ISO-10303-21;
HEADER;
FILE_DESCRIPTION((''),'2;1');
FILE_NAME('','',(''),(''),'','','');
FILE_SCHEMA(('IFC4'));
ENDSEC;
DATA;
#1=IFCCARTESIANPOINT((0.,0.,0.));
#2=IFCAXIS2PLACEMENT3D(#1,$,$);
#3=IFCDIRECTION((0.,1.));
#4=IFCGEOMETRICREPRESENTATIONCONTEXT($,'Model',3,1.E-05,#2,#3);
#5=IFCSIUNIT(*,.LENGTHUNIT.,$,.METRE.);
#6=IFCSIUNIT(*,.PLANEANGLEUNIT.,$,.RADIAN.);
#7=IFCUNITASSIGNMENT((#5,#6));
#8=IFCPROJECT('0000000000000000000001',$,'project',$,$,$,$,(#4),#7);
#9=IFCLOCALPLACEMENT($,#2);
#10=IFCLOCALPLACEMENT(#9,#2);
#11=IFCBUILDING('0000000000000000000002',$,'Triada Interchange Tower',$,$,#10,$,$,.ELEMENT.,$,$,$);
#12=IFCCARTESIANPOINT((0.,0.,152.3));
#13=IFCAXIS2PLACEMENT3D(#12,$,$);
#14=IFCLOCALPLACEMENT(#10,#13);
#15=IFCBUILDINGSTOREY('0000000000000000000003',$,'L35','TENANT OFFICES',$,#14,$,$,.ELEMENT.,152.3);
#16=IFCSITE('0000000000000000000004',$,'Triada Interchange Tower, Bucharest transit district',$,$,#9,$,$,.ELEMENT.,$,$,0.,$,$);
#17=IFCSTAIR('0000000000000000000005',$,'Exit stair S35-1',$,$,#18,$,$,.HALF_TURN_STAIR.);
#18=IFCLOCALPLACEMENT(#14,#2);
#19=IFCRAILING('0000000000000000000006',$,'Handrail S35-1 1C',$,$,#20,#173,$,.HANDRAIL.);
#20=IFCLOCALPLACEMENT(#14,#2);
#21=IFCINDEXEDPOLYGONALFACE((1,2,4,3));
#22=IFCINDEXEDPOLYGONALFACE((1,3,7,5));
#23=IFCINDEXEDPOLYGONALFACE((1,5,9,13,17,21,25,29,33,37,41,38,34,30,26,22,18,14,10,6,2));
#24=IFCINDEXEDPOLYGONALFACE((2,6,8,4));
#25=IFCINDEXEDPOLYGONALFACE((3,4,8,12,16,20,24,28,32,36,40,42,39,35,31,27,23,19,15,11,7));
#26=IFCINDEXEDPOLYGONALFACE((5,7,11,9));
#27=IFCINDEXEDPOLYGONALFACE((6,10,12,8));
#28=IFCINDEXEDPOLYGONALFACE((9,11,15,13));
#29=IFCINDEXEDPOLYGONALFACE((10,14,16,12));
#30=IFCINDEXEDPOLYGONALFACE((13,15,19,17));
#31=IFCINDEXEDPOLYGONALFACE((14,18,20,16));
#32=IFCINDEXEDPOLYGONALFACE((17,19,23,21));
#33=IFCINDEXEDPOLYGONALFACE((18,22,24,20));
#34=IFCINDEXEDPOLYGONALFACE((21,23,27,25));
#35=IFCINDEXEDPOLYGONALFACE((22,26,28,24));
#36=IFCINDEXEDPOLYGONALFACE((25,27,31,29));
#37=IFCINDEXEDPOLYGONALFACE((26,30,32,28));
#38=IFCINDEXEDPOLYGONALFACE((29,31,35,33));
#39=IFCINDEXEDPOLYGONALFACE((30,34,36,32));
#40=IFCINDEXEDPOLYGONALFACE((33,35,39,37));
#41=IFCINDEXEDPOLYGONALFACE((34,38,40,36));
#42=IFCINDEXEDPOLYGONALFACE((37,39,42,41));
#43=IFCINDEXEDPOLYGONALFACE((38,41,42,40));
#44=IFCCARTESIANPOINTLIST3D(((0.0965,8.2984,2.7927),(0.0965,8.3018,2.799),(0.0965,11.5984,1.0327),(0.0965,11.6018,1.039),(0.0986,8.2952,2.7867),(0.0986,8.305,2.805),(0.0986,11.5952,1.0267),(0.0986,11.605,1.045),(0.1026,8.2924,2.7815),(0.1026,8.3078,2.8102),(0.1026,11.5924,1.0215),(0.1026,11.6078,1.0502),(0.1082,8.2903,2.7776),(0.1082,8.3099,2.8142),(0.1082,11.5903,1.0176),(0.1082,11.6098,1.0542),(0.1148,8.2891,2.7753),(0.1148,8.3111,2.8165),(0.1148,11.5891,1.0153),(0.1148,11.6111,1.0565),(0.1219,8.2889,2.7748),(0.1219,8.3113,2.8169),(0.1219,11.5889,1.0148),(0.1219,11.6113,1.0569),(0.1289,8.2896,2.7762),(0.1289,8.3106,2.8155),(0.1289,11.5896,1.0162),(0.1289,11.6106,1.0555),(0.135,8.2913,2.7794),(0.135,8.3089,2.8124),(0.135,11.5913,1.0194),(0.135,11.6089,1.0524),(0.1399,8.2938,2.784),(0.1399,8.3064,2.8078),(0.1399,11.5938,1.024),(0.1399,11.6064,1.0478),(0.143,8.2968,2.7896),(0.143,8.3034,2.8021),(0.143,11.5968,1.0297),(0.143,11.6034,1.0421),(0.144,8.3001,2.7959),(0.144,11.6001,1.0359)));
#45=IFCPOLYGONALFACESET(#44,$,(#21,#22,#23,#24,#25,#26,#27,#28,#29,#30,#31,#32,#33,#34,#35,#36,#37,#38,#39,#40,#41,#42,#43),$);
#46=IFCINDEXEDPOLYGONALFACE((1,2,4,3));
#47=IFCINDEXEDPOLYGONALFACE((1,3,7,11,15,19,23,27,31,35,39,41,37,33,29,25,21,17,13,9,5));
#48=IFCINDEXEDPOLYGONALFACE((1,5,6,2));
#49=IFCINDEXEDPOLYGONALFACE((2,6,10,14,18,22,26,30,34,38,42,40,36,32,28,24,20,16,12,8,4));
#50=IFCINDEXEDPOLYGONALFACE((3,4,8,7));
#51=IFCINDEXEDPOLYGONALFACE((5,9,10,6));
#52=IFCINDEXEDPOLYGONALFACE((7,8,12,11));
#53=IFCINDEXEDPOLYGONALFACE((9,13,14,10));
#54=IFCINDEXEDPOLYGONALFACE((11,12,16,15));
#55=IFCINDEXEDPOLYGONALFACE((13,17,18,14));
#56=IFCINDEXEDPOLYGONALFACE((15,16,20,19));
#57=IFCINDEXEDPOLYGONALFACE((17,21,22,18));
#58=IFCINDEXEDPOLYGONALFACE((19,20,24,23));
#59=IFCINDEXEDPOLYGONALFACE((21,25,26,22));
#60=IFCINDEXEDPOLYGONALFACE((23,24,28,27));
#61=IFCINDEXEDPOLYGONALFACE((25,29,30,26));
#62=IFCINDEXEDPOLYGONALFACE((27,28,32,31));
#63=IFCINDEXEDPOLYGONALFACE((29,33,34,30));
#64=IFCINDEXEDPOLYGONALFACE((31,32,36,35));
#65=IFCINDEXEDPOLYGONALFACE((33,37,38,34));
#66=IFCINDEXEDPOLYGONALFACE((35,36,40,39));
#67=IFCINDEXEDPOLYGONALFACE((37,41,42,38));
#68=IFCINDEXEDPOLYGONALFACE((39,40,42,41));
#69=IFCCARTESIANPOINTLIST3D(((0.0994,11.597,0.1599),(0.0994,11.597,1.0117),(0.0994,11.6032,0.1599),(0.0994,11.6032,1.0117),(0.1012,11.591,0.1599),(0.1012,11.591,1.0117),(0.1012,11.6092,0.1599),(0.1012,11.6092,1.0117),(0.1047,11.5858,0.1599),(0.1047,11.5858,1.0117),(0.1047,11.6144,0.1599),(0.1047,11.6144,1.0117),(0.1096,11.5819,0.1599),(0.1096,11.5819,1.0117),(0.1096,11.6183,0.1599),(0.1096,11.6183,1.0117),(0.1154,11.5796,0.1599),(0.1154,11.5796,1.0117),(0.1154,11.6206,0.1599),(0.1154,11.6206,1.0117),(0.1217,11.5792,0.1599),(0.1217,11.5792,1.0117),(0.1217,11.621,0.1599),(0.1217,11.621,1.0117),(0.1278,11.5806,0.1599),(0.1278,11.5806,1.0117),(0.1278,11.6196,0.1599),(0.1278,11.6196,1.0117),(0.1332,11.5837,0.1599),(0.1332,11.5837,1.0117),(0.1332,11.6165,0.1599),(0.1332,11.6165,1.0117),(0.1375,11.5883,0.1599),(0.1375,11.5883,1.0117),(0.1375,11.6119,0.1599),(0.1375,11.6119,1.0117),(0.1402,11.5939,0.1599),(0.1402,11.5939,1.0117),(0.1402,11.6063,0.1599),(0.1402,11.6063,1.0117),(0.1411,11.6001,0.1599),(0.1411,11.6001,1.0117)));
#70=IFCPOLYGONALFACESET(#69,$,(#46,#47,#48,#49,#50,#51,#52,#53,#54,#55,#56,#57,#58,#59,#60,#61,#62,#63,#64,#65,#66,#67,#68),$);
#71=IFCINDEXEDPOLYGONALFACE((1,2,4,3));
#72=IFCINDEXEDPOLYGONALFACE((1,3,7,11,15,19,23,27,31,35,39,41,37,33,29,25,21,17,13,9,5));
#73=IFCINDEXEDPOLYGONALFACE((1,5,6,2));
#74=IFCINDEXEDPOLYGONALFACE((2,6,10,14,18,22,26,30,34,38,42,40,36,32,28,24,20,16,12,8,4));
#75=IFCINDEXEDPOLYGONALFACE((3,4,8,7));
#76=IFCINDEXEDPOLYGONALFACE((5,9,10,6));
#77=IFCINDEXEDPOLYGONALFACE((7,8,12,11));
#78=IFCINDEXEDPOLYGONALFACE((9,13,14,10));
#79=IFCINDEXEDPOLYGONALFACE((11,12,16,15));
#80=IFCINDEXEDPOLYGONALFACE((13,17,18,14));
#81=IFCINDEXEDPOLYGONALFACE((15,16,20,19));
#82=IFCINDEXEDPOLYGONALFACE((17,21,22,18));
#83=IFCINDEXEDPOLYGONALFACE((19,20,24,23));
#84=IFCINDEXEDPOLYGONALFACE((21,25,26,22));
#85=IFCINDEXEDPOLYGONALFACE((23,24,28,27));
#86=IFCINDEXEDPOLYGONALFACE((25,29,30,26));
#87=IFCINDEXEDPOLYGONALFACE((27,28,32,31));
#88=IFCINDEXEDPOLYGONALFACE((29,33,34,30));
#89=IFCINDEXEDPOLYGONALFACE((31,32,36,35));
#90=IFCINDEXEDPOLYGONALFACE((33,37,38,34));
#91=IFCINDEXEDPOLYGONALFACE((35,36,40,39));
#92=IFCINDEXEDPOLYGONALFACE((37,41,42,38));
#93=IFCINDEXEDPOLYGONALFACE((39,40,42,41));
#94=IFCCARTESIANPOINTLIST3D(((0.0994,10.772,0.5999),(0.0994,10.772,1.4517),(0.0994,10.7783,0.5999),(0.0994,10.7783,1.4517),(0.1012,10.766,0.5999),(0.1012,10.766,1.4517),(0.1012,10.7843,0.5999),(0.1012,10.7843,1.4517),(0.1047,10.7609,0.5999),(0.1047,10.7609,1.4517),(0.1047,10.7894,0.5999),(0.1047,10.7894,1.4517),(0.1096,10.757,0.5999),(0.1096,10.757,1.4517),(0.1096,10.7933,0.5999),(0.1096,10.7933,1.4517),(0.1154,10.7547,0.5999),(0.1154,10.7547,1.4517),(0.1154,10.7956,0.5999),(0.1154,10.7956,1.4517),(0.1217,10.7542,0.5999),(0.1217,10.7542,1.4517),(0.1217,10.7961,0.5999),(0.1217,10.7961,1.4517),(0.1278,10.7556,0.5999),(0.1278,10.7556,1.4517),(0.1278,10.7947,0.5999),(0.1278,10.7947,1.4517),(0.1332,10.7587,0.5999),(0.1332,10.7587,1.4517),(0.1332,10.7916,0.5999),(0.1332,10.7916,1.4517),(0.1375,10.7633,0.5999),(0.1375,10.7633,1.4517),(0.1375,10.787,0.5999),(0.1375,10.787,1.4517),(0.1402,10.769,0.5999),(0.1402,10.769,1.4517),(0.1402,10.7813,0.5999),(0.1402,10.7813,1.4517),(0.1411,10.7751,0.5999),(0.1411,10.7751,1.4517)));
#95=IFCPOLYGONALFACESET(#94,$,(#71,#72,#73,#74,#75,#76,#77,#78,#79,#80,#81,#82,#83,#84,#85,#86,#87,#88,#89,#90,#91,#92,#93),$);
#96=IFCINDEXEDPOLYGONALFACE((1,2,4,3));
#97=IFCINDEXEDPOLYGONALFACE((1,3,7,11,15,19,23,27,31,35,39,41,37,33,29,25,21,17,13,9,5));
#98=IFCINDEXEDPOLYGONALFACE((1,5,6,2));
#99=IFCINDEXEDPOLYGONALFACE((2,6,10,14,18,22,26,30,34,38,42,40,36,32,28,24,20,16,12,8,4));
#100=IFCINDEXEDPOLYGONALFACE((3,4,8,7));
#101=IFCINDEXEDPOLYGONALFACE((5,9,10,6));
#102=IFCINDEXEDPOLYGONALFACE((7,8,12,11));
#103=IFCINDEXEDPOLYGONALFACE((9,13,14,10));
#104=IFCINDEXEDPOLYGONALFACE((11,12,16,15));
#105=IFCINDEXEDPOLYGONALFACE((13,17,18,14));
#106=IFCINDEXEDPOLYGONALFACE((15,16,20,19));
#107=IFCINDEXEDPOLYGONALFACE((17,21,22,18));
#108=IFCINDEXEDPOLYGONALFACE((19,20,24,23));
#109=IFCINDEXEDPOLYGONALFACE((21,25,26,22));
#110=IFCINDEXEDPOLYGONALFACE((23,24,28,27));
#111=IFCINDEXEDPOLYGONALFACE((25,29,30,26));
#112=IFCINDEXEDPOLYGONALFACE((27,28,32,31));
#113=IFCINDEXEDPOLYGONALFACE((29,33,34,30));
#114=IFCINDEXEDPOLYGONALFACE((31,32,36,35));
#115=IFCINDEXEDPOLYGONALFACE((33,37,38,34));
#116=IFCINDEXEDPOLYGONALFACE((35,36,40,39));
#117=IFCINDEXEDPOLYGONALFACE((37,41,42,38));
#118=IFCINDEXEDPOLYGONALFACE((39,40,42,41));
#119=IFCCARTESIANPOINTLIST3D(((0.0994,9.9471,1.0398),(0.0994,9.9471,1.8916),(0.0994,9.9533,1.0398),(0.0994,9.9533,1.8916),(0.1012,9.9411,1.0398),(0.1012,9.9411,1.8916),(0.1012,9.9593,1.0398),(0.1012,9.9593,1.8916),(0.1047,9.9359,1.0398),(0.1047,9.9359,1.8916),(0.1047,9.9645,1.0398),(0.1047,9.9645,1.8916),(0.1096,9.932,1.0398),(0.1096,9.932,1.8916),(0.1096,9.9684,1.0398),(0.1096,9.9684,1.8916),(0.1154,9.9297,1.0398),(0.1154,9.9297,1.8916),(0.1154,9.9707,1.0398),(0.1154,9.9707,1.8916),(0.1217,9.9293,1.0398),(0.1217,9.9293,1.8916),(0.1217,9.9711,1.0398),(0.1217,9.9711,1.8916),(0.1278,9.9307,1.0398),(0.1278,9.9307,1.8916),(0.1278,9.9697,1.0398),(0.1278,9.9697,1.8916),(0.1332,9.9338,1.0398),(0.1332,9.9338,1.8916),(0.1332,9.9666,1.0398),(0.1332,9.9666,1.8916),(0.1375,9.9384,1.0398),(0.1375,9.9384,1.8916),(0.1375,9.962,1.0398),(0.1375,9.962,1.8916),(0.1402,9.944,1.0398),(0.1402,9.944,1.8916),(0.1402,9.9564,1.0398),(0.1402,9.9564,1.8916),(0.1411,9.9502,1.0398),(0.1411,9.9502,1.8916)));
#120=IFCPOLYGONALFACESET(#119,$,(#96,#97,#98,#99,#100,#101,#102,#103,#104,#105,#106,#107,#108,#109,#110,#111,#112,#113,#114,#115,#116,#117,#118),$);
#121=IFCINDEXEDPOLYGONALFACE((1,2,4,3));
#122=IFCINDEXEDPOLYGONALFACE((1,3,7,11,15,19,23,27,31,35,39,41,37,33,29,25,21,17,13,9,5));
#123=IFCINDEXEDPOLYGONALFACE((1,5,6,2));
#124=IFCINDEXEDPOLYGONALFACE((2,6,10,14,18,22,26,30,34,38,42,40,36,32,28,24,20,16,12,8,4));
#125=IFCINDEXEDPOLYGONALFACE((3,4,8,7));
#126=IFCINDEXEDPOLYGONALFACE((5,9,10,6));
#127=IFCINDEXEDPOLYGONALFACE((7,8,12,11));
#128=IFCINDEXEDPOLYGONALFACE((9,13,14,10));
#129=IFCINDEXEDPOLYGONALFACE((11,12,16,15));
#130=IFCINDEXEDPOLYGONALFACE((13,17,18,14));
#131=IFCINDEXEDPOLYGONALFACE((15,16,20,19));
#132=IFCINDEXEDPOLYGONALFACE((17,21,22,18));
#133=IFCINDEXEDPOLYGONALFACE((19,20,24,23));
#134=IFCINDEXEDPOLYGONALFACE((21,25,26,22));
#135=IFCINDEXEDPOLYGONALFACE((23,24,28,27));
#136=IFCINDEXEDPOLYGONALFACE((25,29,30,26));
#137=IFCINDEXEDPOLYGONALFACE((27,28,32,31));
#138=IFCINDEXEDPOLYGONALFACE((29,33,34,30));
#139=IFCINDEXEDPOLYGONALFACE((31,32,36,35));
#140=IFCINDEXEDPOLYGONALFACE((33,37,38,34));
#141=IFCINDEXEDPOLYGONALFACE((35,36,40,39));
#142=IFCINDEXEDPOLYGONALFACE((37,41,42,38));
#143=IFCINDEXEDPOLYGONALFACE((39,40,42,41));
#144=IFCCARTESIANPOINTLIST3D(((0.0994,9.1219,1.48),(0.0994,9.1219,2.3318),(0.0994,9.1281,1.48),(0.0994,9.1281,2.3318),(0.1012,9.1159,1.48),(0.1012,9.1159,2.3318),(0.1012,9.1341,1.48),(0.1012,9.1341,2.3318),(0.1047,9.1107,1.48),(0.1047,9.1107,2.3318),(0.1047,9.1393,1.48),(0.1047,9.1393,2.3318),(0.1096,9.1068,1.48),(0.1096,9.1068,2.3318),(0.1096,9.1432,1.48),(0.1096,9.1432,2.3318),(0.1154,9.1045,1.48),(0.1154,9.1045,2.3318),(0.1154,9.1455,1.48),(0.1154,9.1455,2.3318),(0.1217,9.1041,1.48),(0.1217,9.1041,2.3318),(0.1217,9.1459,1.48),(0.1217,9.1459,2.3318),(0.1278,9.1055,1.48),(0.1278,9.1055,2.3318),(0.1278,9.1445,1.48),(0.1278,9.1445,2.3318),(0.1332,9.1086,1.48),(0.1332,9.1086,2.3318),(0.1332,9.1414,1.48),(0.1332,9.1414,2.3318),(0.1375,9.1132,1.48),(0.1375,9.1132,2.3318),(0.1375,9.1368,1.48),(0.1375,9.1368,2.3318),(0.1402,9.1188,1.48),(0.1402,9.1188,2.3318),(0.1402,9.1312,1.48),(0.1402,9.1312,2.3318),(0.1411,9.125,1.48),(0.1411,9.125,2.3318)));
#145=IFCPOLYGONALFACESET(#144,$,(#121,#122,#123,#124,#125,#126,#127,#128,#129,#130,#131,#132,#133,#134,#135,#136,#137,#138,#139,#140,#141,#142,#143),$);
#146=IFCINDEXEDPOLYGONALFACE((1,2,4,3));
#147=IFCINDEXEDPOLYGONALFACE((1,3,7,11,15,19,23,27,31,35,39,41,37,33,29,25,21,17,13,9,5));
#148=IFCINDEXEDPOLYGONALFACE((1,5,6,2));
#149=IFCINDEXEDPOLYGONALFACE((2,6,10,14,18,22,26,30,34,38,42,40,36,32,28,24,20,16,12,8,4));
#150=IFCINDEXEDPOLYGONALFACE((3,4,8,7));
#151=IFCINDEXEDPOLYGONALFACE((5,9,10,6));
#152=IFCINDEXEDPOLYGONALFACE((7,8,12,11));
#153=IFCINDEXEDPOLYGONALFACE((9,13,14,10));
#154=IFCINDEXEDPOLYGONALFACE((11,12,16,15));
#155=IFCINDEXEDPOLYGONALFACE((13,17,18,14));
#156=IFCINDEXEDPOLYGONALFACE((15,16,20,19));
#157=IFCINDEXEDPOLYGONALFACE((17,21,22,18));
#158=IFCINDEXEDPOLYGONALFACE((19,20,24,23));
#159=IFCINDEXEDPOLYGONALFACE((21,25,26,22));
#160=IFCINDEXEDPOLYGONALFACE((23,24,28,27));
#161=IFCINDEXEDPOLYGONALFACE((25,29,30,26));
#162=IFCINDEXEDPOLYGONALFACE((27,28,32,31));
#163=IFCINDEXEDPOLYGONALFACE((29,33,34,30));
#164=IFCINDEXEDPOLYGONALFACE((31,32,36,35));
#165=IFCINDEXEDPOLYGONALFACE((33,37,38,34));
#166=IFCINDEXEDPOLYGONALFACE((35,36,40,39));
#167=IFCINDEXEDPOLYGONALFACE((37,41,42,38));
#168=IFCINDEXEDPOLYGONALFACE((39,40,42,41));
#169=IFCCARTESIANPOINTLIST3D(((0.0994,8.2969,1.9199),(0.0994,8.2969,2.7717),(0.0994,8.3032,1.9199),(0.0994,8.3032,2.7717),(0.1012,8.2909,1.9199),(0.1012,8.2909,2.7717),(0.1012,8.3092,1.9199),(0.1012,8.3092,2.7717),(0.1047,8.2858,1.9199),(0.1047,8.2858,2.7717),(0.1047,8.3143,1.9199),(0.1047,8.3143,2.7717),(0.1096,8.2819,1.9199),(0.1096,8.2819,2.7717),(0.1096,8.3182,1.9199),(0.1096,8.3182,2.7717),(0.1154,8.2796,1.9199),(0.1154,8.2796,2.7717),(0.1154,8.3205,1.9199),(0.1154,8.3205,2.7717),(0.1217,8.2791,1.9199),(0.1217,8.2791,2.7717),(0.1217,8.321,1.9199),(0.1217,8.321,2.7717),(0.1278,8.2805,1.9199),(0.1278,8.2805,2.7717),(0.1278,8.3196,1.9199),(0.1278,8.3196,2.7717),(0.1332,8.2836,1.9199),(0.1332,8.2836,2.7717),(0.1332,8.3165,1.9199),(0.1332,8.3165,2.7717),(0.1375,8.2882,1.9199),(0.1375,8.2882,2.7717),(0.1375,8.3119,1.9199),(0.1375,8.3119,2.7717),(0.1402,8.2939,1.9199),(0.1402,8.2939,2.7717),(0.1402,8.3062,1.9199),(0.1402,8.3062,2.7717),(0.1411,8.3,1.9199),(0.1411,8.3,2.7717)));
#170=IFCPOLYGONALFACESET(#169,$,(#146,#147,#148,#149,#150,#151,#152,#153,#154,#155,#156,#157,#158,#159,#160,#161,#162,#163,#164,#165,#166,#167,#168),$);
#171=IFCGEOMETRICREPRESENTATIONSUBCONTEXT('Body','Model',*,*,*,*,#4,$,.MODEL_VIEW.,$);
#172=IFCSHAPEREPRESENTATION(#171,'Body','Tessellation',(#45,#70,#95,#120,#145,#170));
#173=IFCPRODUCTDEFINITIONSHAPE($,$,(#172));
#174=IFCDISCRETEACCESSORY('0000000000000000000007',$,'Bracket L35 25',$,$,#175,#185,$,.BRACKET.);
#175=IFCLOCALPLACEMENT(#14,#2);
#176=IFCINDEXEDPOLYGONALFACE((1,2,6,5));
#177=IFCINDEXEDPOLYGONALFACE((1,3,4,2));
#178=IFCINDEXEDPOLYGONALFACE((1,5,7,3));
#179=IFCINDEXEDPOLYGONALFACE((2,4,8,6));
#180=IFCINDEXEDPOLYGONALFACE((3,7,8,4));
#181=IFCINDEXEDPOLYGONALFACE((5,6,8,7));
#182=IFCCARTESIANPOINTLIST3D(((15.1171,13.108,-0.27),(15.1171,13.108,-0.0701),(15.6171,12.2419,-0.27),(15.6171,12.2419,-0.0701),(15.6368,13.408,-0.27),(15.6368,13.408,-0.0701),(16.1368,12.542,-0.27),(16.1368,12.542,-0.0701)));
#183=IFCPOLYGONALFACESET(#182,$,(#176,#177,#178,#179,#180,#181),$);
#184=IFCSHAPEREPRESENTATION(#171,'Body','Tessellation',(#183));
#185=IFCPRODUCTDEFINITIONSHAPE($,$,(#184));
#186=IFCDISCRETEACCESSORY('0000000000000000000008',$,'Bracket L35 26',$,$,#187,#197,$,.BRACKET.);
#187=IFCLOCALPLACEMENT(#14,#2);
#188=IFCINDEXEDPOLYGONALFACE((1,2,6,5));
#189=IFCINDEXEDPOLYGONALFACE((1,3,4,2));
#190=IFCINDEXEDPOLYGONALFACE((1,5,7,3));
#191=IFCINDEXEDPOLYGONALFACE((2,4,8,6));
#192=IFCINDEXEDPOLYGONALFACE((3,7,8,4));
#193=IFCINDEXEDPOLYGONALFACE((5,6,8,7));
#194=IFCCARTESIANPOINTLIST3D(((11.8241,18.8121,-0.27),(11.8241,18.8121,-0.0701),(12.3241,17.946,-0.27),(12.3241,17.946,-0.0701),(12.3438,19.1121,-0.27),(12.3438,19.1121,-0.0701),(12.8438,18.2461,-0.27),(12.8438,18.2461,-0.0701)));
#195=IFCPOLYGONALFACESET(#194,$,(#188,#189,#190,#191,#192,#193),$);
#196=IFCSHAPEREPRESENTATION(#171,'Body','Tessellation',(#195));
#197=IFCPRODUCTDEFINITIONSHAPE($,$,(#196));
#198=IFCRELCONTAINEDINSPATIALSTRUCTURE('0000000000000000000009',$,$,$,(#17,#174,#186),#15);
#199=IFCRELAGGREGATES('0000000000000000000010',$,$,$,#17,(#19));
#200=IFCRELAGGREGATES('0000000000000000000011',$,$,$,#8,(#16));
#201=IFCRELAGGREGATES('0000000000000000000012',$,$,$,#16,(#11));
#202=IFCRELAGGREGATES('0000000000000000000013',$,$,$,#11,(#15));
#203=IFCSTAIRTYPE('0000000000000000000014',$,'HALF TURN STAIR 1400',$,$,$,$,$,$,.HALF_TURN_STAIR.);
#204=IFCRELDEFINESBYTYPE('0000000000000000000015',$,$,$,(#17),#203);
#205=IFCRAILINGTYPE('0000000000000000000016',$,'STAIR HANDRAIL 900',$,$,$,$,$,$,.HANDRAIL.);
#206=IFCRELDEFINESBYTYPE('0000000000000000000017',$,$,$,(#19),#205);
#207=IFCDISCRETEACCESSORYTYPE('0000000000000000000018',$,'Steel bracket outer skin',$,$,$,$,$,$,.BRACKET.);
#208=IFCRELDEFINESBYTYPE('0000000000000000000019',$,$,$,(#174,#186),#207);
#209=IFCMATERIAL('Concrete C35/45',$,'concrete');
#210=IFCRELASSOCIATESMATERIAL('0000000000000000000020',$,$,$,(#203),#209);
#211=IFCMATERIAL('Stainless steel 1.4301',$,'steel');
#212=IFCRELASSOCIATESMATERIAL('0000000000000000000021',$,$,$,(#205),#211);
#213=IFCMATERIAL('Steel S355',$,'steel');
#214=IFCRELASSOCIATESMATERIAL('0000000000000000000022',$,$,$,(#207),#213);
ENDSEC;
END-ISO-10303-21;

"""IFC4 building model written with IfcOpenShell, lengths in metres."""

from ifc_helpers import new_model, si_unit, direction, frame, origin, origin_2d, place, context, subcontext, project, spatial, rectangle, circle, extrude, material, type_object, element, aggregate, save


model = new_model("IFC4")

# Units and contexts
model_context = context("Model", 3, precision=1e-05, world=origin(), true_north=direction((0.0, 1.0)))
body_context = subcontext(model_context, "Body", "Model", "MODEL_VIEW")
ifc_project = project(units=[si_unit("LENGTHUNIT", "METRE"), si_unit("PLANEANGLEUNIT", "RADIAN")], contexts=[model_context])

# Site, building, storey
site_placement = place(None, origin())
site = spatial("IfcSite", under=ifc_project, at=site_placement, Name="Triada Interchange Tower, Bucharest transit district", CompositionType="ELEMENT", RefElevation=0.0)
building_placement = place(site_placement, origin())
building = spatial("IfcBuilding", under=site, at=building_placement, Name="Triada Interchange Tower", CompositionType="ELEMENT")
storey_placement = place(building_placement, frame((0.0, 0.0, 152.3)))
storey = spatial("IfcBuildingStorey", under=building, at=storey_placement, Name="L35", Description="TENANT OFFICES", CompositionType="ELEMENT", Elevation=152.3)

# Stair
ifc_material_1 = material(Name="Concrete C35/45", Category="concrete")
stair_type = type_object("IfcStairType", Name="HALF TURN STAIR 1400", PredefinedType="HALF_TURN_STAIR", material=ifc_material_1)
stair_placement = place(storey_placement, origin())
stair = element("IfcStair", 1, at=stair_placement, inside=storey, type_object=stair_type, Name="Exit stair S35-1", PredefinedType="HALF_TURN_STAIR")

# Railing
ifc_material_2 = material(Name="Stainless steel 1.4301", Category="steel")
railing_type = type_object("IfcRailingType", Name="STAIR HANDRAIL 900", PredefinedType="HANDRAIL", material=ifc_material_2)
railing_1_placement = place(storey_placement, frame((0.1201, 11.6001, 0.1599)))
railing_1 = element("IfcRailing", 2, at=railing_1_placement, type_object=railing_type, Name="Handrail S35-1 1C", PredefinedType="HANDRAIL", context=body_context, shape_type="SweptSolid", body=[
    extrude(circle(Radius=0.0239, at=origin_2d()), frame((0.0, 0.0, 0.876), z_axis=(0.0, -0.882355, 0.470585), x_axis=(1.0, 0.0, 0.0)), (0.0, 0.0, 1.0), 3.74),
    extrude(circle(Radius=0.021, at=origin_2d()), origin(), (0.0, 0.0, 1.0), 0.8518),
    extrude(circle(Radius=0.021, at=origin_2d()), frame((0.0, -0.825, 0.4399)), (0.0, 0.0, 1.0), 0.8518),
    extrude(circle(Radius=0.021, at=origin_2d()), frame((0.0, -1.6499, 0.8799)), (0.0, 0.0, 1.0), 0.8518),
    extrude(circle(Radius=0.021, at=origin_2d()), frame((0.0, -2.4751, 1.3201)), (0.0, 0.0, 1.0), 0.8518),
    extrude(circle(Radius=0.021, at=origin_2d()), frame((0.0, -3.3, 1.76)), (0.0, 0.0, 1.0), 0.8518),
])
aggregate(stair, [railing_1])

# Discrete accessories
ifc_material_3 = material(Name="Steel S355", Category="steel")
discrete_accessory_type = type_object("IfcDiscreteAccessoryType", Name="Steel bracket outer skin", PredefinedType="BRACKET", material=ifc_material_3)
for number, where, z_axis, x_axis, name in (
    (3, (15.627, 12.825, -0.27), (0.0, 0.0, 1.0), (0.866036, 0.499982, 0.0), "Bracket L35 25"),
    (4, (12.334, 18.5291, -0.27), (0.0, 0.0, 1.0), (0.866036, 0.499982, 0.0), "Bracket L35 26"),
):
    element("IfcDiscreteAccessory", number, at=place(storey_placement, frame(where, z_axis=z_axis, x_axis=x_axis)), inside=storey, type_object=discrete_accessory_type, Name=name, PredefinedType="BRACKET", context=body_context, shape_type="SweptSolid", body=[
        extrude(rectangle(XDim=0.6001, YDim=1.0, at=origin_2d()), origin(), (0.0, 0.0, 1.0), 0.2),
    ])

save(model, "model.ifc")
